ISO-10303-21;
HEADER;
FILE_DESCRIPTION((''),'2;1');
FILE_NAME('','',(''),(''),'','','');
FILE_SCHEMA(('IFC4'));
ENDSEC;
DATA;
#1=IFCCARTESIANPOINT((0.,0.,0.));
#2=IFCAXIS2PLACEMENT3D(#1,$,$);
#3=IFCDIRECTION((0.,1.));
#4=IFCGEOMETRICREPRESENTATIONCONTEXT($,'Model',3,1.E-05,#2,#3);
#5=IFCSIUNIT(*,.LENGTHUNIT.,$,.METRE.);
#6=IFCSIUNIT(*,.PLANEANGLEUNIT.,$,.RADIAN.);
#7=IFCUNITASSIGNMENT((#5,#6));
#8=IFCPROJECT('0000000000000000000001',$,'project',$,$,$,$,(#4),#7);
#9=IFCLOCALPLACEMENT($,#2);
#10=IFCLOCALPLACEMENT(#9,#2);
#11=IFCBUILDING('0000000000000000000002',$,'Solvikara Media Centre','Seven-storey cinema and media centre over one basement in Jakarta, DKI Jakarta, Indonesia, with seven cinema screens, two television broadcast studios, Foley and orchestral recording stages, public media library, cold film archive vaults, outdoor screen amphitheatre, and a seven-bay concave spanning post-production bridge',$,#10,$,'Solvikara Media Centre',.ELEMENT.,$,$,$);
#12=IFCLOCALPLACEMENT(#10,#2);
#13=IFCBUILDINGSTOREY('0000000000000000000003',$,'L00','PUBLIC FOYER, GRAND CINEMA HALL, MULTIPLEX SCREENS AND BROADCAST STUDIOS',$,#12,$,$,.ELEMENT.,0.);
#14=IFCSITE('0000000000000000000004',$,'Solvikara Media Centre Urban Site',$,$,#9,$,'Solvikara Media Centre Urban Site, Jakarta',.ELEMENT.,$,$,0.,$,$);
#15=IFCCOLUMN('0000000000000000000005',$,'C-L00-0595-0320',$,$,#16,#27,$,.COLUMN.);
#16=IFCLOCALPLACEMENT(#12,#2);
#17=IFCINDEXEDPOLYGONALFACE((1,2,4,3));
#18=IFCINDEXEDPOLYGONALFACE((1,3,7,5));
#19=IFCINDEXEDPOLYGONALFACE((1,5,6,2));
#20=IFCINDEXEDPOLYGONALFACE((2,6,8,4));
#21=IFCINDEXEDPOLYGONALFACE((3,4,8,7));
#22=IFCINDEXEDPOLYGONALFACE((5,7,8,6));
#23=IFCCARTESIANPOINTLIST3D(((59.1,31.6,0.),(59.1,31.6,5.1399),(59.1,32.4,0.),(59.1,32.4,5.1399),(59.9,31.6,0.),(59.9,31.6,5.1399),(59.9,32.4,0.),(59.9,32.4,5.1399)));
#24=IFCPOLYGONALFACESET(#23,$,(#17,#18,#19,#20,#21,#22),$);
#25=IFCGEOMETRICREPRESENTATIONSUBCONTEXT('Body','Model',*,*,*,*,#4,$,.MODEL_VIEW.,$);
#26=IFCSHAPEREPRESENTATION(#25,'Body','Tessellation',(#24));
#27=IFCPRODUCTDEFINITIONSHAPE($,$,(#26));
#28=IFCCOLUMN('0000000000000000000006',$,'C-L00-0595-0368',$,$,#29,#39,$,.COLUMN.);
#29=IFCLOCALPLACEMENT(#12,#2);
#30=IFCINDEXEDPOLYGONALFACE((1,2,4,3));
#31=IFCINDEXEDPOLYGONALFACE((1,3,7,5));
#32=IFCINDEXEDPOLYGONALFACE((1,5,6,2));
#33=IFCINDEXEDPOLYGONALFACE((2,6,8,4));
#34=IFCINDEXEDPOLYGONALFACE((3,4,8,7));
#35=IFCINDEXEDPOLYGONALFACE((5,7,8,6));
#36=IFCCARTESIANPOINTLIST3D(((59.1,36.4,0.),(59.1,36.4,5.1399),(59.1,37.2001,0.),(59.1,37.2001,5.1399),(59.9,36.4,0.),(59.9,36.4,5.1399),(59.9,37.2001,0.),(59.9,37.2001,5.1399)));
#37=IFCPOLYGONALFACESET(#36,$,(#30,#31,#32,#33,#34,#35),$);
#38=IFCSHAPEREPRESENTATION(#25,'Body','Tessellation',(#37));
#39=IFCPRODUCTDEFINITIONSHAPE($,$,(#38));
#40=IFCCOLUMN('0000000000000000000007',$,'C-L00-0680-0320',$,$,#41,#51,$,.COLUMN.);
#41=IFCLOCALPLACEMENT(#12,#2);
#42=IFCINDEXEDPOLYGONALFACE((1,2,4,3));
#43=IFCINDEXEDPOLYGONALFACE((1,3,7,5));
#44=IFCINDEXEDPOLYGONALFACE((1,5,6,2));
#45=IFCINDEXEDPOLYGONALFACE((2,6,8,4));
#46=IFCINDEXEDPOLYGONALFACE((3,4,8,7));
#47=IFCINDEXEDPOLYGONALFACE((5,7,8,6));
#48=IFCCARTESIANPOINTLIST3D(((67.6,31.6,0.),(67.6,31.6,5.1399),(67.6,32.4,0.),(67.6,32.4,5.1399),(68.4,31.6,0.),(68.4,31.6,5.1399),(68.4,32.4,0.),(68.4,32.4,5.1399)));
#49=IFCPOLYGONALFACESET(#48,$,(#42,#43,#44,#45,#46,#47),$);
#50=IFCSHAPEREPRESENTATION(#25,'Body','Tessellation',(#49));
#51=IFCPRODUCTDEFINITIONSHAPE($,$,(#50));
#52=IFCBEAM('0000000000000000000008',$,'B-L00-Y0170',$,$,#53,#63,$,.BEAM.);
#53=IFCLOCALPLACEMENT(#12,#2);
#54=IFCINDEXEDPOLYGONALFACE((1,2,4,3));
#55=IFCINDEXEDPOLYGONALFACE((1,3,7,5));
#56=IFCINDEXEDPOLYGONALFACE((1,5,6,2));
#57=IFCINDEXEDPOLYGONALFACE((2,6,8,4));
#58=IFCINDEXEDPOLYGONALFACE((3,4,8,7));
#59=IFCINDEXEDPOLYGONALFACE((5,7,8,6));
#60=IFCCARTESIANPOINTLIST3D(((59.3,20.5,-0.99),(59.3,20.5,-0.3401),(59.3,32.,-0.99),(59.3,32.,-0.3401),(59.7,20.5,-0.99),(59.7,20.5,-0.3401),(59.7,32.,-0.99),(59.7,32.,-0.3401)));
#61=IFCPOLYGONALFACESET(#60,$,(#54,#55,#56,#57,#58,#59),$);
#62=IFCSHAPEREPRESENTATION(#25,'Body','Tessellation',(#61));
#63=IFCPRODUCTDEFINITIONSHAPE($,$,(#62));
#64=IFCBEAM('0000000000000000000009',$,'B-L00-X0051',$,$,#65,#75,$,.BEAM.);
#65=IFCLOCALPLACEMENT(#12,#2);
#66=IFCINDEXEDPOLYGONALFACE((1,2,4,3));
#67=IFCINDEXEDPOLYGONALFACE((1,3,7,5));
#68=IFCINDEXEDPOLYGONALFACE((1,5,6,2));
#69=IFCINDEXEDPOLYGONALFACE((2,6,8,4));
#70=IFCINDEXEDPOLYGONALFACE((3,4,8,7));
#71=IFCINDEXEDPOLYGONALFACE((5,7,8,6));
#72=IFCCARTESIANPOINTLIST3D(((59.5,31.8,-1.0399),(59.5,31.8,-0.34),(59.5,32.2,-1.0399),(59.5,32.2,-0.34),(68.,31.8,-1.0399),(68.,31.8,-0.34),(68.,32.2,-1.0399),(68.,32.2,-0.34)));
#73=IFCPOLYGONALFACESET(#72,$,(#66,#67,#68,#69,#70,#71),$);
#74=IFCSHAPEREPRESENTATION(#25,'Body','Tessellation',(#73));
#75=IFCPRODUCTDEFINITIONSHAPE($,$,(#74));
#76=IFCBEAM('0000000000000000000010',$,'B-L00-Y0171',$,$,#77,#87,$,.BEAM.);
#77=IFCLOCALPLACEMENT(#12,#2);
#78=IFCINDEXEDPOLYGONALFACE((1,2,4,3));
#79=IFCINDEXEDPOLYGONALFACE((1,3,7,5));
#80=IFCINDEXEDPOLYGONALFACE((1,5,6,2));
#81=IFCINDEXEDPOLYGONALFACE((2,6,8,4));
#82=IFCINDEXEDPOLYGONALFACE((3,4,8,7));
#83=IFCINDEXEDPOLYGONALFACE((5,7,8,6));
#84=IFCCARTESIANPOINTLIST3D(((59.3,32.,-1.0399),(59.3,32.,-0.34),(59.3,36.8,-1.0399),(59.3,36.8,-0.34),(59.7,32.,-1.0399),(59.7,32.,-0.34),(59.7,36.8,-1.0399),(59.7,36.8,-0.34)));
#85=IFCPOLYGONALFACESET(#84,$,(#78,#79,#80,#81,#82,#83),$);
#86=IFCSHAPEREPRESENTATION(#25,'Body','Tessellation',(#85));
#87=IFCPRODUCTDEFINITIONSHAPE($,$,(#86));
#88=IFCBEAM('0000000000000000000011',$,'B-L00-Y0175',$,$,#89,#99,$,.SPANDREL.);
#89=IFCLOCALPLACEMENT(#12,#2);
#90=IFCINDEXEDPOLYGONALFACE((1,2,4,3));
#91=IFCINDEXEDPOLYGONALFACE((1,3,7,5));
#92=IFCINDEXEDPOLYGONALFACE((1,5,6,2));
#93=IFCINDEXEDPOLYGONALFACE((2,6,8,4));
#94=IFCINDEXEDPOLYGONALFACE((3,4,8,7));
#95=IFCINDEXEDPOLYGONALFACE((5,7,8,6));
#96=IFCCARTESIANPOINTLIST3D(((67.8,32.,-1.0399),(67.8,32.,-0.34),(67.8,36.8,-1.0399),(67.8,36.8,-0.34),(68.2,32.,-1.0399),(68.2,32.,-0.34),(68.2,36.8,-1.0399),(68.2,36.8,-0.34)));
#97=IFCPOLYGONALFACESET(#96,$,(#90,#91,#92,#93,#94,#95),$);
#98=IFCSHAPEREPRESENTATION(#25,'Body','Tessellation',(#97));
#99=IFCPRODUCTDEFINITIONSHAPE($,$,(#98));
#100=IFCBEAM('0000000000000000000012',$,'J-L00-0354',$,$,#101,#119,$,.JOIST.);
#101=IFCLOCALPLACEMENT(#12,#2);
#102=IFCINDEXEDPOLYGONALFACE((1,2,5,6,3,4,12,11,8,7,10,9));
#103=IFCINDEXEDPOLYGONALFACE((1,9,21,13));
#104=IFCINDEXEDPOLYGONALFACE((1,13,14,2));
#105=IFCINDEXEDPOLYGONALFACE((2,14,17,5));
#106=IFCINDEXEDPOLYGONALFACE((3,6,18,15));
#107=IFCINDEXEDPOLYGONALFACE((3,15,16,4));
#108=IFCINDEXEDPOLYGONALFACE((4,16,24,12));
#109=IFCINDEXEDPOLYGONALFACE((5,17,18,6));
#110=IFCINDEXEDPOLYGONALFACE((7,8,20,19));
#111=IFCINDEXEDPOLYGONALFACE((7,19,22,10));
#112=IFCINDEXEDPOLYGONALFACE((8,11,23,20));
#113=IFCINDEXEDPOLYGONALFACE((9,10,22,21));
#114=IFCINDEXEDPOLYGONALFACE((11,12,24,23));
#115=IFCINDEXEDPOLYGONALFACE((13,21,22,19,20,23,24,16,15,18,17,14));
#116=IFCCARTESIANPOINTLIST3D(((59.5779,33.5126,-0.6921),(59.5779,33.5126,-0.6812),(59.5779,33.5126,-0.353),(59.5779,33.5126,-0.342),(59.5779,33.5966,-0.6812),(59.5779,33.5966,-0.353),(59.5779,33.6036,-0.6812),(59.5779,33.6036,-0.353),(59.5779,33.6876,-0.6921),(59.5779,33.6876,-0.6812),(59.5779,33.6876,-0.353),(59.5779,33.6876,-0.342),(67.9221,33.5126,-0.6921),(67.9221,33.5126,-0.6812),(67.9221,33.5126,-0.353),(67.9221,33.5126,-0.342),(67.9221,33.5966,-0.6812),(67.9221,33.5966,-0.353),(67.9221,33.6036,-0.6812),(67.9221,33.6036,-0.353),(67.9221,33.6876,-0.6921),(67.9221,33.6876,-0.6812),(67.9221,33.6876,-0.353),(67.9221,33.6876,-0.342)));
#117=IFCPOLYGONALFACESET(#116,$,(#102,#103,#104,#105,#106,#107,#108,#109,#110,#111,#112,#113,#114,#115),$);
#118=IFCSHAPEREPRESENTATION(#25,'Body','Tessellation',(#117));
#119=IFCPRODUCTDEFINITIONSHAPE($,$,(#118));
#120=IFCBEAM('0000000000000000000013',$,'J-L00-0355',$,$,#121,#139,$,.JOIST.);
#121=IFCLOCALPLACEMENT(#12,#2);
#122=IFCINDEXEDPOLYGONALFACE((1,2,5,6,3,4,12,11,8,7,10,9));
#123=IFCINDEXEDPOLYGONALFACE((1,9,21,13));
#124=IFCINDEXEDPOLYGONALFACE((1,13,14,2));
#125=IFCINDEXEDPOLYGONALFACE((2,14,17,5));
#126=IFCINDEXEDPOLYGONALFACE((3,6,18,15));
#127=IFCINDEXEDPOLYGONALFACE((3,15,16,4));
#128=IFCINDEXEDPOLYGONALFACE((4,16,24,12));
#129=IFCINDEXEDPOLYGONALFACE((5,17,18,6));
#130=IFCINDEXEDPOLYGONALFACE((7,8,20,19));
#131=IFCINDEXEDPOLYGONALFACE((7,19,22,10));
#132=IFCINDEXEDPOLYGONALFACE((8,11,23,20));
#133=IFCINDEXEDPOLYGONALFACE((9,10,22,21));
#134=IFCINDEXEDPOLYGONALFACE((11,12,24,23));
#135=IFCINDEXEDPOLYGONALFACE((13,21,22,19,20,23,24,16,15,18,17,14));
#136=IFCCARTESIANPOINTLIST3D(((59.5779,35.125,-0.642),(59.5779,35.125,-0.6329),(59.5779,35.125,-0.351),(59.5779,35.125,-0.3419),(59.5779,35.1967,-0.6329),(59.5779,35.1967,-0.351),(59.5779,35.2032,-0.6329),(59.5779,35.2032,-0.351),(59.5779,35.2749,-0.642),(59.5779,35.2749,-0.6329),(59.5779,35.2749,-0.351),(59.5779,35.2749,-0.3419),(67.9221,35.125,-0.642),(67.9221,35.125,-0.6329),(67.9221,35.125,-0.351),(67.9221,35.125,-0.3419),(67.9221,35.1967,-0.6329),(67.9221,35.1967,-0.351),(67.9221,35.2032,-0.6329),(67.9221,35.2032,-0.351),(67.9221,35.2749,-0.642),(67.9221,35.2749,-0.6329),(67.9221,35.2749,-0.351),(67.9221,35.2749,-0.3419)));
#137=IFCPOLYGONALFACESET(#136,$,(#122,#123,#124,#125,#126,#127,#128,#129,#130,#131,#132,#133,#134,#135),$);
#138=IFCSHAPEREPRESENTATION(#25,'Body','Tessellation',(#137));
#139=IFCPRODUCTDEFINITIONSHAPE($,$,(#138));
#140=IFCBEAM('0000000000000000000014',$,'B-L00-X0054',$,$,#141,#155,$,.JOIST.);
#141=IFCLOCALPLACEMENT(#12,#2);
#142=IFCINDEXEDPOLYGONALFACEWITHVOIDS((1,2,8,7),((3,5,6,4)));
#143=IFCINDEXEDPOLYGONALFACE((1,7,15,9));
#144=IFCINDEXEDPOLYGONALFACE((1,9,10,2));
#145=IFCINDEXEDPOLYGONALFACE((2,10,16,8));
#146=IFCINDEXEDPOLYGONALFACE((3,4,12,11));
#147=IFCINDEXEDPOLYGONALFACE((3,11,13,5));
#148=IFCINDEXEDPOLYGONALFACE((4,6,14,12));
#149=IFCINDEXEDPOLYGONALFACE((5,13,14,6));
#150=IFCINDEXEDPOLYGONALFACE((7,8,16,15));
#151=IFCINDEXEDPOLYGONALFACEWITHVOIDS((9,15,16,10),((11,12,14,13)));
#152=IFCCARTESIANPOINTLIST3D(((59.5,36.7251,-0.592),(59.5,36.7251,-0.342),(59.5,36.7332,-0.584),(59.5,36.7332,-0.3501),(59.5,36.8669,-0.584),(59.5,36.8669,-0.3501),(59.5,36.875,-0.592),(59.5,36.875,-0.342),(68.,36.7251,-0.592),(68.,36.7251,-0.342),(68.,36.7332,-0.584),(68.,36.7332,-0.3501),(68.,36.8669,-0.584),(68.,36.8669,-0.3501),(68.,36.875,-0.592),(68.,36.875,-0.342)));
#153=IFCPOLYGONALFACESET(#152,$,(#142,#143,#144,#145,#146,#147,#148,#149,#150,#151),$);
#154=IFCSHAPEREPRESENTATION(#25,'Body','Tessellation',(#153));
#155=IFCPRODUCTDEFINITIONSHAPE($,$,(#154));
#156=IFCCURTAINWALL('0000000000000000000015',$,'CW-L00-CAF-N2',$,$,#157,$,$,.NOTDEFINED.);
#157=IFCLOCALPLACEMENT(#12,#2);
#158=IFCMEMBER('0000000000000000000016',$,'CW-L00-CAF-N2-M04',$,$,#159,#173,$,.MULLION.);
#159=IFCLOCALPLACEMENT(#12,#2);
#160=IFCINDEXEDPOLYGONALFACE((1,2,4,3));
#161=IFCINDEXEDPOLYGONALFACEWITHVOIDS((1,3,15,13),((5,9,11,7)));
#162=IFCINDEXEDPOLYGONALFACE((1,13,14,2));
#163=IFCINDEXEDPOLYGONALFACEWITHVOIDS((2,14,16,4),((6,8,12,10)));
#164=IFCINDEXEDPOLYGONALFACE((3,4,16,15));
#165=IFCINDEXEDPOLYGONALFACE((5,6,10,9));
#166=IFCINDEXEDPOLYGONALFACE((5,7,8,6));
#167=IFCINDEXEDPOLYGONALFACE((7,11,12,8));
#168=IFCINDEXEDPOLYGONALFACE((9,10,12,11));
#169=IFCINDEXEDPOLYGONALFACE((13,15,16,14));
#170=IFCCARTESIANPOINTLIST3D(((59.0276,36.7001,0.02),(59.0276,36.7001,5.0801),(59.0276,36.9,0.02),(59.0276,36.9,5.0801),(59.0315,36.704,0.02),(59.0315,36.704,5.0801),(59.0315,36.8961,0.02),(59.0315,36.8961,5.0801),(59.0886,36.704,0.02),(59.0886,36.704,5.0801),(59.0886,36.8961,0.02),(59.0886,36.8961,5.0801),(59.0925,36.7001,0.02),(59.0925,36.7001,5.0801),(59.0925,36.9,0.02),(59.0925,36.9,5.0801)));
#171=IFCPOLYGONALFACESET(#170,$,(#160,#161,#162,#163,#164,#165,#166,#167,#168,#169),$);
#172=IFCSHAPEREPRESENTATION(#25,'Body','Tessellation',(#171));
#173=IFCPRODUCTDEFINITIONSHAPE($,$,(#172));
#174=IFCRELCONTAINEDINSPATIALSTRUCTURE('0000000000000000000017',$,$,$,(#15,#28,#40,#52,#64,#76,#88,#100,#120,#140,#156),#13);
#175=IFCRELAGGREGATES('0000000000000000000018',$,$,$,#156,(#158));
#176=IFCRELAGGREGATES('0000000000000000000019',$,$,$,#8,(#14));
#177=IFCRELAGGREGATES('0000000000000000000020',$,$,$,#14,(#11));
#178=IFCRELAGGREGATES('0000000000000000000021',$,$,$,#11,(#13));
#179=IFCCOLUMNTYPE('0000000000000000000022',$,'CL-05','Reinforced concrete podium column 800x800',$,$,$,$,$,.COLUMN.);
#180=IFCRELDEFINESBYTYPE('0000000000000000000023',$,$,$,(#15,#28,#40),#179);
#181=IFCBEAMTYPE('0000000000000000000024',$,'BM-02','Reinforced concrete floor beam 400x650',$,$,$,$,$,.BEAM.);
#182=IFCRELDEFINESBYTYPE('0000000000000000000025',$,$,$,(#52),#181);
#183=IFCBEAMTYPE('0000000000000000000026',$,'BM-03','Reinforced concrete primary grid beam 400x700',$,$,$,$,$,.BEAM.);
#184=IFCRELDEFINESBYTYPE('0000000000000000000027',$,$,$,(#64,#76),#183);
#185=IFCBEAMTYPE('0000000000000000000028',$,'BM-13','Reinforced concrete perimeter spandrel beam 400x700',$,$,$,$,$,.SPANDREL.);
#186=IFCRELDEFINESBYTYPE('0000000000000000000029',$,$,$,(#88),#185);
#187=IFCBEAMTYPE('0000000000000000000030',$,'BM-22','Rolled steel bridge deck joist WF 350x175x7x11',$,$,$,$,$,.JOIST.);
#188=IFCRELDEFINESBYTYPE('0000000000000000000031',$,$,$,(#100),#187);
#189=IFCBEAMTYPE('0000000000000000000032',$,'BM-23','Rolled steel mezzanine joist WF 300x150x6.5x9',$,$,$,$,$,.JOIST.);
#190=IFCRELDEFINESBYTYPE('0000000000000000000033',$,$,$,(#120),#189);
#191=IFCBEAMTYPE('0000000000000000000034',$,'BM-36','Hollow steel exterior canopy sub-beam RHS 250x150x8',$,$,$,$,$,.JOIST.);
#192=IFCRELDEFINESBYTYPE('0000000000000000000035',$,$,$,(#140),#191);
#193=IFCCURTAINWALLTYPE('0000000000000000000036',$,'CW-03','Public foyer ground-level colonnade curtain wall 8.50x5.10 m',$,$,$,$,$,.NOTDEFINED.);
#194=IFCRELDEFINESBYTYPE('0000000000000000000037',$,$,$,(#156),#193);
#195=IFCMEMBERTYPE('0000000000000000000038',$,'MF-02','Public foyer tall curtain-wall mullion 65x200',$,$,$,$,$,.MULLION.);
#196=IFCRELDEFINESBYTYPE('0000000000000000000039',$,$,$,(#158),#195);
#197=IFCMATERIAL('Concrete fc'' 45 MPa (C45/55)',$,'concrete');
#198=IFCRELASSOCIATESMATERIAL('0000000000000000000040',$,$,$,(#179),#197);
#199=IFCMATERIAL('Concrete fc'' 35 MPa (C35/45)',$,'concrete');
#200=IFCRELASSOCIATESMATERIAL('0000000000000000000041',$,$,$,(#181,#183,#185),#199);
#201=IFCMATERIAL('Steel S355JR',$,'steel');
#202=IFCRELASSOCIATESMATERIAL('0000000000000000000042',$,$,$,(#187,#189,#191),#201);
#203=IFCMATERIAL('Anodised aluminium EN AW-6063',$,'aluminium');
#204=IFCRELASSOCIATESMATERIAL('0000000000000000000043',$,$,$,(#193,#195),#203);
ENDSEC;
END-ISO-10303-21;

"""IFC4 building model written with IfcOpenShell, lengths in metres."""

from ifc_helpers import new_model, si_unit, direction, frame, origin, origin_2d, place, context, subcontext, project, spatial, rectangle, hollow_rectangle, i_section, extrude, material, material_profile, profile_set, type_object, element, aggregate, save


model = new_model("IFC4")

# Units and contexts
model_context = context("Model", 3, precision=1e-05, world=origin(), true_north=direction((0.0, 1.0)))
body_context = subcontext(model_context, "Body", "Model", "MODEL_VIEW")
ifc_project = project(units=[si_unit("LENGTHUNIT", "METRE"), si_unit("PLANEANGLEUNIT", "RADIAN")], contexts=[model_context])

# Site, building, storey
site_placement = place(None, origin())
site = spatial("IfcSite", under=ifc_project, at=site_placement, Name="Solvikara Media Centre Urban Site", LongName="Solvikara Media Centre Urban Site, Jakarta", CompositionType="ELEMENT", RefElevation=0.0)
building_placement = place(site_placement, origin())
building = spatial("IfcBuilding", under=site, at=building_placement, Name="Solvikara Media Centre", Description="Seven-storey cinema and media centre over one basement in Jakarta, DKI Jakarta, Indonesia, with seven cinema screens, two television broadcast studios, Foley and orchestral recording stages, public media library, cold film archive vaults, outdoor screen amphitheatre, and a seven-bay concave spanning post-production bridge", LongName="Solvikara Media Centre", CompositionType="ELEMENT")
storey_placement = place(building_placement, origin())
storey = spatial("IfcBuildingStorey", under=building, at=storey_placement, Name="L00", Description="PUBLIC FOYER, GRAND CINEMA HALL, MULTIPLEX SCREENS AND BROADCAST STUDIOS", CompositionType="ELEMENT", Elevation=0.0)

# Columns
ifc_material_1 = material(Name="Concrete fc' 45 MPa (C45/55)", Category="concrete")
ifc_material_profile_1 = material_profile(ifc_material_1, rectangle(XDim=0.8, YDim=0.8, at=origin_2d()), Name="RC 800x800")
ifc_profile_set_1 = profile_set([ifc_material_profile_1], Name="Concrete fc' 45 MPa (C45/55)")
column_type = type_object("IfcColumnType", Name="CL-05", Description="Reinforced concrete podium column 800x800", PredefinedType="COLUMN", material=ifc_profile_set_1)
for number, where, z_axis, x_axis, name in (
    (1, (59.5, 32.0, 0.0), (0.0, 0.0, 1.0), (1.0, 0.0, 0.0), "C-L00-0595-0320"),
    (2, (59.5, 36.8, 0.0), (0.0, 0.0, 1.0), (1.0, 0.0, 0.0), "C-L00-0595-0368"),
    (3, (68.0, 32.0, 0.0), (0.0, 0.0, 1.0), (1.0, 0.0, 0.0), "C-L00-0680-0320"),
):
    element("IfcColumn", number, at=place(storey_placement, frame(where, z_axis=z_axis, x_axis=x_axis)), inside=storey, type_object=column_type, Name=name, PredefinedType="COLUMN", context=body_context, shape_type="SweptSolid", body=[
        extrude(rectangle(XDim=0.8, YDim=0.8, at=origin_2d()), origin(), (0.0, 0.0, 1.0), 5.1399),
    ])

# Beams
ifc_material_2 = material(Name="Concrete fc' 35 MPa (C35/45)", Category="concrete")
ifc_material_profile_2 = material_profile(ifc_material_2, rectangle(XDim=0.3999, YDim=0.6499, at=origin_2d()), Name="RC 400x650")
ifc_profile_set_2 = profile_set([ifc_material_profile_2], Name="Concrete fc' 35 MPa (C35/45)")
beam_type_1 = type_object("IfcBeamType", Name="BM-02", Description="Reinforced concrete floor beam 400x650", PredefinedType="BEAM", material=ifc_profile_set_2)
beam_1_placement = place(storey_placement, frame((59.5, 20.5, -0.665), z_axis=(0.0, 1.0, 0.0), x_axis=(-1.0, 0.0, 0.0)))
element("IfcBeam", 4, at=beam_1_placement, inside=storey, type_object=beam_type_1, Name="B-L00-Y0170", PredefinedType="BEAM", context=body_context, shape_type="SweptSolid", body=[
    extrude(rectangle(XDim=0.3999, YDim=0.6499, at=origin_2d()), origin(), (0.0, 0.0, 1.0), 11.5),
])
ifc_material_profile_3 = material_profile(ifc_material_2, rectangle(XDim=0.3999, YDim=0.7, at=origin_2d()), Name="RC 400x700")
ifc_profile_set_3 = profile_set([ifc_material_profile_3], Name="Concrete fc' 35 MPa (C35/45)")
beam_type_2 = type_object("IfcBeamType", Name="BM-03", Description="Reinforced concrete primary grid beam 400x700", PredefinedType="BEAM", material=ifc_profile_set_3)
beam_2_placement = place(storey_placement, frame((59.5, 32.0, -0.6899), z_axis=(1.0, 0.0, 0.0), x_axis=(0.0, 1.0, 0.0)))
element("IfcBeam", 5, at=beam_2_placement, inside=storey, type_object=beam_type_2, Name="B-L00-X0051", PredefinedType="BEAM", context=body_context, shape_type="SweptSolid", body=[
    extrude(rectangle(XDim=0.3999, YDim=0.7, at=origin_2d()), origin(), (0.0, 0.0, 1.0), 8.5),
])
beam_3_placement = place(storey_placement, frame((59.5, 32.0, -0.6899), z_axis=(0.0, 1.0, 0.0), x_axis=(-1.0, 0.0, 0.0)))
element("IfcBeam", 6, at=beam_3_placement, inside=storey, type_object=beam_type_2, Name="B-L00-Y0171", PredefinedType="BEAM", context=body_context, shape_type="SweptSolid", body=[
    extrude(rectangle(XDim=0.3999, YDim=0.7, at=origin_2d()), origin(), (0.0, 0.0, 1.0), 4.8),
])
ifc_material_profile_4 = material_profile(ifc_material_2, rectangle(XDim=0.3999, YDim=0.7, at=origin_2d()), Name="RC 400x700")
ifc_profile_set_4 = profile_set([ifc_material_profile_4], Name="Concrete fc' 35 MPa (C35/45)")
beam_type_3 = type_object("IfcBeamType", Name="BM-13", Description="Reinforced concrete perimeter spandrel beam 400x700", PredefinedType="SPANDREL", material=ifc_profile_set_4)
beam_4_placement = place(storey_placement, frame((68.0, 32.0, -0.6899), z_axis=(0.0, 1.0, 0.0), x_axis=(-1.0, 0.0, 0.0)))
element("IfcBeam", 7, at=beam_4_placement, inside=storey, type_object=beam_type_3, Name="B-L00-Y0175", PredefinedType="SPANDREL", context=body_context, shape_type="SweptSolid", body=[
    extrude(rectangle(XDim=0.3999, YDim=0.7, at=origin_2d()), origin(), (0.0, 0.0, 1.0), 4.8),
])
ifc_material_3 = material(Name="Steel S355JR", Category="steel")
ifc_material_profile_5 = material_profile(ifc_material_3, i_section(OverallWidth=0.175, OverallDepth=0.3501, WebThickness=0.0071, FlangeThickness=0.011, at=origin_2d()), Name="WF 350x175x7x11")
ifc_profile_set_5 = profile_set([ifc_material_profile_5], Name="Steel S355JR")
beam_type_4 = type_object("IfcBeamType", Name="BM-22", Description="Rolled steel bridge deck joist WF 350x175x7x11", PredefinedType="JOIST", material=ifc_profile_set_5)
beam_5_placement = place(storey_placement, frame((59.5779, 33.6001, -0.5171), z_axis=(1.0, 0.0, 0.0), x_axis=(0.0, 1.0, 0.0)))
element("IfcBeam", 8, at=beam_5_placement, inside=storey, type_object=beam_type_4, Name="J-L00-0354", PredefinedType="JOIST", context=body_context, shape_type="SweptSolid", body=[
    extrude(i_section(OverallWidth=0.175, OverallDepth=0.3501, WebThickness=0.0071, FlangeThickness=0.011, at=origin_2d()), origin(), (0.0, 0.0, 1.0), 8.3442),
])
ifc_material_profile_6 = material_profile(ifc_material_3, i_section(OverallWidth=0.1499, OverallDepth=0.3, WebThickness=0.0066, FlangeThickness=0.009, at=origin_2d()), Name="WF 300x150x6.5x9")
ifc_profile_set_6 = profile_set([ifc_material_profile_6], Name="Steel S355JR")
beam_type_5 = type_object("IfcBeamType", Name="BM-23", Description="Rolled steel mezzanine joist WF 300x150x6.5x9", PredefinedType="JOIST", material=ifc_profile_set_6)
beam_6_placement = place(storey_placement, frame((59.5779, 35.2, -0.4919), z_axis=(1.0, 0.0, 0.0), x_axis=(0.0, 1.0, 0.0)))
element("IfcBeam", 9, at=beam_6_placement, inside=storey, type_object=beam_type_5, Name="J-L00-0355", PredefinedType="JOIST", context=body_context, shape_type="SweptSolid", body=[
    extrude(i_section(OverallWidth=0.1499, OverallDepth=0.3, WebThickness=0.0066, FlangeThickness=0.009, at=origin_2d()), origin(), (0.0, 0.0, 1.0), 8.3442),
])
ifc_material_profile_7 = material_profile(ifc_material_3, hollow_rectangle(XDim=0.1499, YDim=0.25, WallThickness=0.0081, at=origin_2d()), Name="RHS 250x150x8")
ifc_profile_set_7 = profile_set([ifc_material_profile_7], Name="Steel S355JR")
beam_type_6 = type_object("IfcBeamType", Name="BM-36", Description="Hollow steel exterior canopy sub-beam RHS 250x150x8", PredefinedType="JOIST", material=ifc_profile_set_7)
beam_7_placement = place(storey_placement, frame((59.5, 36.8, -0.467), z_axis=(1.0, 0.0, 0.0), x_axis=(0.0, 1.0, 0.0)))
element("IfcBeam", 10, at=beam_7_placement, inside=storey, type_object=beam_type_6, Name="B-L00-X0054", PredefinedType="JOIST", context=body_context, shape_type="SweptSolid", body=[
    extrude(hollow_rectangle(XDim=0.1499, YDim=0.25, WallThickness=0.0081, at=origin_2d()), origin(), (0.0, 0.0, 1.0), 8.5),
])

# Curtain wall, member
ifc_material_4 = material(Name="Anodised aluminium EN AW-6063", Category="aluminium")
curtain_wall_type = type_object("IfcCurtainWallType", Name="CW-03", Description="Public foyer ground-level colonnade curtain wall 8.50x5.10 m", PredefinedType="NOTDEFINED", material=ifc_material_4)
curtain_wall_1_placement = place(storey_placement, origin())
curtain_wall_1 = element("IfcCurtainWall", 11, at=curtain_wall_1_placement, inside=storey, type_object=curtain_wall_type, Name="CW-L00-CAF-N2", PredefinedType="NOTDEFINED")
ifc_material_profile_8 = material_profile(ifc_material_4, hollow_rectangle(XDim=0.0649, YDim=0.2, WallThickness=0.0039, at=origin_2d()), Name="ALU-M 65x200x4")
ifc_profile_set_8 = profile_set([ifc_material_profile_8], Name="Anodised aluminium EN AW-6063")
member_type_1 = type_object("IfcMemberType", Name="MF-02", Description="Public foyer tall curtain-wall mullion 65x200", PredefinedType="MULLION", material=ifc_profile_set_8)
member_1_placement = place(storey_placement, frame((59.0601, 36.8, 0.02), z_axis=(0.0, 0.0, 1.0), x_axis=(1.0, 0.0, 0.0)))
member_1 = element("IfcMember", 12, at=member_1_placement, type_object=member_type_1, Name="CW-L00-CAF-N2-M04", PredefinedType="MULLION", context=body_context, shape_type="SweptSolid", body=[
    extrude(hollow_rectangle(XDim=0.0649, YDim=0.2, WallThickness=0.0039, at=origin_2d()), origin(), (0.0, 0.0, 1.0), 5.0601),
])
aggregate(curtain_wall_1, [member_1])

save(model, "model.ifc")
